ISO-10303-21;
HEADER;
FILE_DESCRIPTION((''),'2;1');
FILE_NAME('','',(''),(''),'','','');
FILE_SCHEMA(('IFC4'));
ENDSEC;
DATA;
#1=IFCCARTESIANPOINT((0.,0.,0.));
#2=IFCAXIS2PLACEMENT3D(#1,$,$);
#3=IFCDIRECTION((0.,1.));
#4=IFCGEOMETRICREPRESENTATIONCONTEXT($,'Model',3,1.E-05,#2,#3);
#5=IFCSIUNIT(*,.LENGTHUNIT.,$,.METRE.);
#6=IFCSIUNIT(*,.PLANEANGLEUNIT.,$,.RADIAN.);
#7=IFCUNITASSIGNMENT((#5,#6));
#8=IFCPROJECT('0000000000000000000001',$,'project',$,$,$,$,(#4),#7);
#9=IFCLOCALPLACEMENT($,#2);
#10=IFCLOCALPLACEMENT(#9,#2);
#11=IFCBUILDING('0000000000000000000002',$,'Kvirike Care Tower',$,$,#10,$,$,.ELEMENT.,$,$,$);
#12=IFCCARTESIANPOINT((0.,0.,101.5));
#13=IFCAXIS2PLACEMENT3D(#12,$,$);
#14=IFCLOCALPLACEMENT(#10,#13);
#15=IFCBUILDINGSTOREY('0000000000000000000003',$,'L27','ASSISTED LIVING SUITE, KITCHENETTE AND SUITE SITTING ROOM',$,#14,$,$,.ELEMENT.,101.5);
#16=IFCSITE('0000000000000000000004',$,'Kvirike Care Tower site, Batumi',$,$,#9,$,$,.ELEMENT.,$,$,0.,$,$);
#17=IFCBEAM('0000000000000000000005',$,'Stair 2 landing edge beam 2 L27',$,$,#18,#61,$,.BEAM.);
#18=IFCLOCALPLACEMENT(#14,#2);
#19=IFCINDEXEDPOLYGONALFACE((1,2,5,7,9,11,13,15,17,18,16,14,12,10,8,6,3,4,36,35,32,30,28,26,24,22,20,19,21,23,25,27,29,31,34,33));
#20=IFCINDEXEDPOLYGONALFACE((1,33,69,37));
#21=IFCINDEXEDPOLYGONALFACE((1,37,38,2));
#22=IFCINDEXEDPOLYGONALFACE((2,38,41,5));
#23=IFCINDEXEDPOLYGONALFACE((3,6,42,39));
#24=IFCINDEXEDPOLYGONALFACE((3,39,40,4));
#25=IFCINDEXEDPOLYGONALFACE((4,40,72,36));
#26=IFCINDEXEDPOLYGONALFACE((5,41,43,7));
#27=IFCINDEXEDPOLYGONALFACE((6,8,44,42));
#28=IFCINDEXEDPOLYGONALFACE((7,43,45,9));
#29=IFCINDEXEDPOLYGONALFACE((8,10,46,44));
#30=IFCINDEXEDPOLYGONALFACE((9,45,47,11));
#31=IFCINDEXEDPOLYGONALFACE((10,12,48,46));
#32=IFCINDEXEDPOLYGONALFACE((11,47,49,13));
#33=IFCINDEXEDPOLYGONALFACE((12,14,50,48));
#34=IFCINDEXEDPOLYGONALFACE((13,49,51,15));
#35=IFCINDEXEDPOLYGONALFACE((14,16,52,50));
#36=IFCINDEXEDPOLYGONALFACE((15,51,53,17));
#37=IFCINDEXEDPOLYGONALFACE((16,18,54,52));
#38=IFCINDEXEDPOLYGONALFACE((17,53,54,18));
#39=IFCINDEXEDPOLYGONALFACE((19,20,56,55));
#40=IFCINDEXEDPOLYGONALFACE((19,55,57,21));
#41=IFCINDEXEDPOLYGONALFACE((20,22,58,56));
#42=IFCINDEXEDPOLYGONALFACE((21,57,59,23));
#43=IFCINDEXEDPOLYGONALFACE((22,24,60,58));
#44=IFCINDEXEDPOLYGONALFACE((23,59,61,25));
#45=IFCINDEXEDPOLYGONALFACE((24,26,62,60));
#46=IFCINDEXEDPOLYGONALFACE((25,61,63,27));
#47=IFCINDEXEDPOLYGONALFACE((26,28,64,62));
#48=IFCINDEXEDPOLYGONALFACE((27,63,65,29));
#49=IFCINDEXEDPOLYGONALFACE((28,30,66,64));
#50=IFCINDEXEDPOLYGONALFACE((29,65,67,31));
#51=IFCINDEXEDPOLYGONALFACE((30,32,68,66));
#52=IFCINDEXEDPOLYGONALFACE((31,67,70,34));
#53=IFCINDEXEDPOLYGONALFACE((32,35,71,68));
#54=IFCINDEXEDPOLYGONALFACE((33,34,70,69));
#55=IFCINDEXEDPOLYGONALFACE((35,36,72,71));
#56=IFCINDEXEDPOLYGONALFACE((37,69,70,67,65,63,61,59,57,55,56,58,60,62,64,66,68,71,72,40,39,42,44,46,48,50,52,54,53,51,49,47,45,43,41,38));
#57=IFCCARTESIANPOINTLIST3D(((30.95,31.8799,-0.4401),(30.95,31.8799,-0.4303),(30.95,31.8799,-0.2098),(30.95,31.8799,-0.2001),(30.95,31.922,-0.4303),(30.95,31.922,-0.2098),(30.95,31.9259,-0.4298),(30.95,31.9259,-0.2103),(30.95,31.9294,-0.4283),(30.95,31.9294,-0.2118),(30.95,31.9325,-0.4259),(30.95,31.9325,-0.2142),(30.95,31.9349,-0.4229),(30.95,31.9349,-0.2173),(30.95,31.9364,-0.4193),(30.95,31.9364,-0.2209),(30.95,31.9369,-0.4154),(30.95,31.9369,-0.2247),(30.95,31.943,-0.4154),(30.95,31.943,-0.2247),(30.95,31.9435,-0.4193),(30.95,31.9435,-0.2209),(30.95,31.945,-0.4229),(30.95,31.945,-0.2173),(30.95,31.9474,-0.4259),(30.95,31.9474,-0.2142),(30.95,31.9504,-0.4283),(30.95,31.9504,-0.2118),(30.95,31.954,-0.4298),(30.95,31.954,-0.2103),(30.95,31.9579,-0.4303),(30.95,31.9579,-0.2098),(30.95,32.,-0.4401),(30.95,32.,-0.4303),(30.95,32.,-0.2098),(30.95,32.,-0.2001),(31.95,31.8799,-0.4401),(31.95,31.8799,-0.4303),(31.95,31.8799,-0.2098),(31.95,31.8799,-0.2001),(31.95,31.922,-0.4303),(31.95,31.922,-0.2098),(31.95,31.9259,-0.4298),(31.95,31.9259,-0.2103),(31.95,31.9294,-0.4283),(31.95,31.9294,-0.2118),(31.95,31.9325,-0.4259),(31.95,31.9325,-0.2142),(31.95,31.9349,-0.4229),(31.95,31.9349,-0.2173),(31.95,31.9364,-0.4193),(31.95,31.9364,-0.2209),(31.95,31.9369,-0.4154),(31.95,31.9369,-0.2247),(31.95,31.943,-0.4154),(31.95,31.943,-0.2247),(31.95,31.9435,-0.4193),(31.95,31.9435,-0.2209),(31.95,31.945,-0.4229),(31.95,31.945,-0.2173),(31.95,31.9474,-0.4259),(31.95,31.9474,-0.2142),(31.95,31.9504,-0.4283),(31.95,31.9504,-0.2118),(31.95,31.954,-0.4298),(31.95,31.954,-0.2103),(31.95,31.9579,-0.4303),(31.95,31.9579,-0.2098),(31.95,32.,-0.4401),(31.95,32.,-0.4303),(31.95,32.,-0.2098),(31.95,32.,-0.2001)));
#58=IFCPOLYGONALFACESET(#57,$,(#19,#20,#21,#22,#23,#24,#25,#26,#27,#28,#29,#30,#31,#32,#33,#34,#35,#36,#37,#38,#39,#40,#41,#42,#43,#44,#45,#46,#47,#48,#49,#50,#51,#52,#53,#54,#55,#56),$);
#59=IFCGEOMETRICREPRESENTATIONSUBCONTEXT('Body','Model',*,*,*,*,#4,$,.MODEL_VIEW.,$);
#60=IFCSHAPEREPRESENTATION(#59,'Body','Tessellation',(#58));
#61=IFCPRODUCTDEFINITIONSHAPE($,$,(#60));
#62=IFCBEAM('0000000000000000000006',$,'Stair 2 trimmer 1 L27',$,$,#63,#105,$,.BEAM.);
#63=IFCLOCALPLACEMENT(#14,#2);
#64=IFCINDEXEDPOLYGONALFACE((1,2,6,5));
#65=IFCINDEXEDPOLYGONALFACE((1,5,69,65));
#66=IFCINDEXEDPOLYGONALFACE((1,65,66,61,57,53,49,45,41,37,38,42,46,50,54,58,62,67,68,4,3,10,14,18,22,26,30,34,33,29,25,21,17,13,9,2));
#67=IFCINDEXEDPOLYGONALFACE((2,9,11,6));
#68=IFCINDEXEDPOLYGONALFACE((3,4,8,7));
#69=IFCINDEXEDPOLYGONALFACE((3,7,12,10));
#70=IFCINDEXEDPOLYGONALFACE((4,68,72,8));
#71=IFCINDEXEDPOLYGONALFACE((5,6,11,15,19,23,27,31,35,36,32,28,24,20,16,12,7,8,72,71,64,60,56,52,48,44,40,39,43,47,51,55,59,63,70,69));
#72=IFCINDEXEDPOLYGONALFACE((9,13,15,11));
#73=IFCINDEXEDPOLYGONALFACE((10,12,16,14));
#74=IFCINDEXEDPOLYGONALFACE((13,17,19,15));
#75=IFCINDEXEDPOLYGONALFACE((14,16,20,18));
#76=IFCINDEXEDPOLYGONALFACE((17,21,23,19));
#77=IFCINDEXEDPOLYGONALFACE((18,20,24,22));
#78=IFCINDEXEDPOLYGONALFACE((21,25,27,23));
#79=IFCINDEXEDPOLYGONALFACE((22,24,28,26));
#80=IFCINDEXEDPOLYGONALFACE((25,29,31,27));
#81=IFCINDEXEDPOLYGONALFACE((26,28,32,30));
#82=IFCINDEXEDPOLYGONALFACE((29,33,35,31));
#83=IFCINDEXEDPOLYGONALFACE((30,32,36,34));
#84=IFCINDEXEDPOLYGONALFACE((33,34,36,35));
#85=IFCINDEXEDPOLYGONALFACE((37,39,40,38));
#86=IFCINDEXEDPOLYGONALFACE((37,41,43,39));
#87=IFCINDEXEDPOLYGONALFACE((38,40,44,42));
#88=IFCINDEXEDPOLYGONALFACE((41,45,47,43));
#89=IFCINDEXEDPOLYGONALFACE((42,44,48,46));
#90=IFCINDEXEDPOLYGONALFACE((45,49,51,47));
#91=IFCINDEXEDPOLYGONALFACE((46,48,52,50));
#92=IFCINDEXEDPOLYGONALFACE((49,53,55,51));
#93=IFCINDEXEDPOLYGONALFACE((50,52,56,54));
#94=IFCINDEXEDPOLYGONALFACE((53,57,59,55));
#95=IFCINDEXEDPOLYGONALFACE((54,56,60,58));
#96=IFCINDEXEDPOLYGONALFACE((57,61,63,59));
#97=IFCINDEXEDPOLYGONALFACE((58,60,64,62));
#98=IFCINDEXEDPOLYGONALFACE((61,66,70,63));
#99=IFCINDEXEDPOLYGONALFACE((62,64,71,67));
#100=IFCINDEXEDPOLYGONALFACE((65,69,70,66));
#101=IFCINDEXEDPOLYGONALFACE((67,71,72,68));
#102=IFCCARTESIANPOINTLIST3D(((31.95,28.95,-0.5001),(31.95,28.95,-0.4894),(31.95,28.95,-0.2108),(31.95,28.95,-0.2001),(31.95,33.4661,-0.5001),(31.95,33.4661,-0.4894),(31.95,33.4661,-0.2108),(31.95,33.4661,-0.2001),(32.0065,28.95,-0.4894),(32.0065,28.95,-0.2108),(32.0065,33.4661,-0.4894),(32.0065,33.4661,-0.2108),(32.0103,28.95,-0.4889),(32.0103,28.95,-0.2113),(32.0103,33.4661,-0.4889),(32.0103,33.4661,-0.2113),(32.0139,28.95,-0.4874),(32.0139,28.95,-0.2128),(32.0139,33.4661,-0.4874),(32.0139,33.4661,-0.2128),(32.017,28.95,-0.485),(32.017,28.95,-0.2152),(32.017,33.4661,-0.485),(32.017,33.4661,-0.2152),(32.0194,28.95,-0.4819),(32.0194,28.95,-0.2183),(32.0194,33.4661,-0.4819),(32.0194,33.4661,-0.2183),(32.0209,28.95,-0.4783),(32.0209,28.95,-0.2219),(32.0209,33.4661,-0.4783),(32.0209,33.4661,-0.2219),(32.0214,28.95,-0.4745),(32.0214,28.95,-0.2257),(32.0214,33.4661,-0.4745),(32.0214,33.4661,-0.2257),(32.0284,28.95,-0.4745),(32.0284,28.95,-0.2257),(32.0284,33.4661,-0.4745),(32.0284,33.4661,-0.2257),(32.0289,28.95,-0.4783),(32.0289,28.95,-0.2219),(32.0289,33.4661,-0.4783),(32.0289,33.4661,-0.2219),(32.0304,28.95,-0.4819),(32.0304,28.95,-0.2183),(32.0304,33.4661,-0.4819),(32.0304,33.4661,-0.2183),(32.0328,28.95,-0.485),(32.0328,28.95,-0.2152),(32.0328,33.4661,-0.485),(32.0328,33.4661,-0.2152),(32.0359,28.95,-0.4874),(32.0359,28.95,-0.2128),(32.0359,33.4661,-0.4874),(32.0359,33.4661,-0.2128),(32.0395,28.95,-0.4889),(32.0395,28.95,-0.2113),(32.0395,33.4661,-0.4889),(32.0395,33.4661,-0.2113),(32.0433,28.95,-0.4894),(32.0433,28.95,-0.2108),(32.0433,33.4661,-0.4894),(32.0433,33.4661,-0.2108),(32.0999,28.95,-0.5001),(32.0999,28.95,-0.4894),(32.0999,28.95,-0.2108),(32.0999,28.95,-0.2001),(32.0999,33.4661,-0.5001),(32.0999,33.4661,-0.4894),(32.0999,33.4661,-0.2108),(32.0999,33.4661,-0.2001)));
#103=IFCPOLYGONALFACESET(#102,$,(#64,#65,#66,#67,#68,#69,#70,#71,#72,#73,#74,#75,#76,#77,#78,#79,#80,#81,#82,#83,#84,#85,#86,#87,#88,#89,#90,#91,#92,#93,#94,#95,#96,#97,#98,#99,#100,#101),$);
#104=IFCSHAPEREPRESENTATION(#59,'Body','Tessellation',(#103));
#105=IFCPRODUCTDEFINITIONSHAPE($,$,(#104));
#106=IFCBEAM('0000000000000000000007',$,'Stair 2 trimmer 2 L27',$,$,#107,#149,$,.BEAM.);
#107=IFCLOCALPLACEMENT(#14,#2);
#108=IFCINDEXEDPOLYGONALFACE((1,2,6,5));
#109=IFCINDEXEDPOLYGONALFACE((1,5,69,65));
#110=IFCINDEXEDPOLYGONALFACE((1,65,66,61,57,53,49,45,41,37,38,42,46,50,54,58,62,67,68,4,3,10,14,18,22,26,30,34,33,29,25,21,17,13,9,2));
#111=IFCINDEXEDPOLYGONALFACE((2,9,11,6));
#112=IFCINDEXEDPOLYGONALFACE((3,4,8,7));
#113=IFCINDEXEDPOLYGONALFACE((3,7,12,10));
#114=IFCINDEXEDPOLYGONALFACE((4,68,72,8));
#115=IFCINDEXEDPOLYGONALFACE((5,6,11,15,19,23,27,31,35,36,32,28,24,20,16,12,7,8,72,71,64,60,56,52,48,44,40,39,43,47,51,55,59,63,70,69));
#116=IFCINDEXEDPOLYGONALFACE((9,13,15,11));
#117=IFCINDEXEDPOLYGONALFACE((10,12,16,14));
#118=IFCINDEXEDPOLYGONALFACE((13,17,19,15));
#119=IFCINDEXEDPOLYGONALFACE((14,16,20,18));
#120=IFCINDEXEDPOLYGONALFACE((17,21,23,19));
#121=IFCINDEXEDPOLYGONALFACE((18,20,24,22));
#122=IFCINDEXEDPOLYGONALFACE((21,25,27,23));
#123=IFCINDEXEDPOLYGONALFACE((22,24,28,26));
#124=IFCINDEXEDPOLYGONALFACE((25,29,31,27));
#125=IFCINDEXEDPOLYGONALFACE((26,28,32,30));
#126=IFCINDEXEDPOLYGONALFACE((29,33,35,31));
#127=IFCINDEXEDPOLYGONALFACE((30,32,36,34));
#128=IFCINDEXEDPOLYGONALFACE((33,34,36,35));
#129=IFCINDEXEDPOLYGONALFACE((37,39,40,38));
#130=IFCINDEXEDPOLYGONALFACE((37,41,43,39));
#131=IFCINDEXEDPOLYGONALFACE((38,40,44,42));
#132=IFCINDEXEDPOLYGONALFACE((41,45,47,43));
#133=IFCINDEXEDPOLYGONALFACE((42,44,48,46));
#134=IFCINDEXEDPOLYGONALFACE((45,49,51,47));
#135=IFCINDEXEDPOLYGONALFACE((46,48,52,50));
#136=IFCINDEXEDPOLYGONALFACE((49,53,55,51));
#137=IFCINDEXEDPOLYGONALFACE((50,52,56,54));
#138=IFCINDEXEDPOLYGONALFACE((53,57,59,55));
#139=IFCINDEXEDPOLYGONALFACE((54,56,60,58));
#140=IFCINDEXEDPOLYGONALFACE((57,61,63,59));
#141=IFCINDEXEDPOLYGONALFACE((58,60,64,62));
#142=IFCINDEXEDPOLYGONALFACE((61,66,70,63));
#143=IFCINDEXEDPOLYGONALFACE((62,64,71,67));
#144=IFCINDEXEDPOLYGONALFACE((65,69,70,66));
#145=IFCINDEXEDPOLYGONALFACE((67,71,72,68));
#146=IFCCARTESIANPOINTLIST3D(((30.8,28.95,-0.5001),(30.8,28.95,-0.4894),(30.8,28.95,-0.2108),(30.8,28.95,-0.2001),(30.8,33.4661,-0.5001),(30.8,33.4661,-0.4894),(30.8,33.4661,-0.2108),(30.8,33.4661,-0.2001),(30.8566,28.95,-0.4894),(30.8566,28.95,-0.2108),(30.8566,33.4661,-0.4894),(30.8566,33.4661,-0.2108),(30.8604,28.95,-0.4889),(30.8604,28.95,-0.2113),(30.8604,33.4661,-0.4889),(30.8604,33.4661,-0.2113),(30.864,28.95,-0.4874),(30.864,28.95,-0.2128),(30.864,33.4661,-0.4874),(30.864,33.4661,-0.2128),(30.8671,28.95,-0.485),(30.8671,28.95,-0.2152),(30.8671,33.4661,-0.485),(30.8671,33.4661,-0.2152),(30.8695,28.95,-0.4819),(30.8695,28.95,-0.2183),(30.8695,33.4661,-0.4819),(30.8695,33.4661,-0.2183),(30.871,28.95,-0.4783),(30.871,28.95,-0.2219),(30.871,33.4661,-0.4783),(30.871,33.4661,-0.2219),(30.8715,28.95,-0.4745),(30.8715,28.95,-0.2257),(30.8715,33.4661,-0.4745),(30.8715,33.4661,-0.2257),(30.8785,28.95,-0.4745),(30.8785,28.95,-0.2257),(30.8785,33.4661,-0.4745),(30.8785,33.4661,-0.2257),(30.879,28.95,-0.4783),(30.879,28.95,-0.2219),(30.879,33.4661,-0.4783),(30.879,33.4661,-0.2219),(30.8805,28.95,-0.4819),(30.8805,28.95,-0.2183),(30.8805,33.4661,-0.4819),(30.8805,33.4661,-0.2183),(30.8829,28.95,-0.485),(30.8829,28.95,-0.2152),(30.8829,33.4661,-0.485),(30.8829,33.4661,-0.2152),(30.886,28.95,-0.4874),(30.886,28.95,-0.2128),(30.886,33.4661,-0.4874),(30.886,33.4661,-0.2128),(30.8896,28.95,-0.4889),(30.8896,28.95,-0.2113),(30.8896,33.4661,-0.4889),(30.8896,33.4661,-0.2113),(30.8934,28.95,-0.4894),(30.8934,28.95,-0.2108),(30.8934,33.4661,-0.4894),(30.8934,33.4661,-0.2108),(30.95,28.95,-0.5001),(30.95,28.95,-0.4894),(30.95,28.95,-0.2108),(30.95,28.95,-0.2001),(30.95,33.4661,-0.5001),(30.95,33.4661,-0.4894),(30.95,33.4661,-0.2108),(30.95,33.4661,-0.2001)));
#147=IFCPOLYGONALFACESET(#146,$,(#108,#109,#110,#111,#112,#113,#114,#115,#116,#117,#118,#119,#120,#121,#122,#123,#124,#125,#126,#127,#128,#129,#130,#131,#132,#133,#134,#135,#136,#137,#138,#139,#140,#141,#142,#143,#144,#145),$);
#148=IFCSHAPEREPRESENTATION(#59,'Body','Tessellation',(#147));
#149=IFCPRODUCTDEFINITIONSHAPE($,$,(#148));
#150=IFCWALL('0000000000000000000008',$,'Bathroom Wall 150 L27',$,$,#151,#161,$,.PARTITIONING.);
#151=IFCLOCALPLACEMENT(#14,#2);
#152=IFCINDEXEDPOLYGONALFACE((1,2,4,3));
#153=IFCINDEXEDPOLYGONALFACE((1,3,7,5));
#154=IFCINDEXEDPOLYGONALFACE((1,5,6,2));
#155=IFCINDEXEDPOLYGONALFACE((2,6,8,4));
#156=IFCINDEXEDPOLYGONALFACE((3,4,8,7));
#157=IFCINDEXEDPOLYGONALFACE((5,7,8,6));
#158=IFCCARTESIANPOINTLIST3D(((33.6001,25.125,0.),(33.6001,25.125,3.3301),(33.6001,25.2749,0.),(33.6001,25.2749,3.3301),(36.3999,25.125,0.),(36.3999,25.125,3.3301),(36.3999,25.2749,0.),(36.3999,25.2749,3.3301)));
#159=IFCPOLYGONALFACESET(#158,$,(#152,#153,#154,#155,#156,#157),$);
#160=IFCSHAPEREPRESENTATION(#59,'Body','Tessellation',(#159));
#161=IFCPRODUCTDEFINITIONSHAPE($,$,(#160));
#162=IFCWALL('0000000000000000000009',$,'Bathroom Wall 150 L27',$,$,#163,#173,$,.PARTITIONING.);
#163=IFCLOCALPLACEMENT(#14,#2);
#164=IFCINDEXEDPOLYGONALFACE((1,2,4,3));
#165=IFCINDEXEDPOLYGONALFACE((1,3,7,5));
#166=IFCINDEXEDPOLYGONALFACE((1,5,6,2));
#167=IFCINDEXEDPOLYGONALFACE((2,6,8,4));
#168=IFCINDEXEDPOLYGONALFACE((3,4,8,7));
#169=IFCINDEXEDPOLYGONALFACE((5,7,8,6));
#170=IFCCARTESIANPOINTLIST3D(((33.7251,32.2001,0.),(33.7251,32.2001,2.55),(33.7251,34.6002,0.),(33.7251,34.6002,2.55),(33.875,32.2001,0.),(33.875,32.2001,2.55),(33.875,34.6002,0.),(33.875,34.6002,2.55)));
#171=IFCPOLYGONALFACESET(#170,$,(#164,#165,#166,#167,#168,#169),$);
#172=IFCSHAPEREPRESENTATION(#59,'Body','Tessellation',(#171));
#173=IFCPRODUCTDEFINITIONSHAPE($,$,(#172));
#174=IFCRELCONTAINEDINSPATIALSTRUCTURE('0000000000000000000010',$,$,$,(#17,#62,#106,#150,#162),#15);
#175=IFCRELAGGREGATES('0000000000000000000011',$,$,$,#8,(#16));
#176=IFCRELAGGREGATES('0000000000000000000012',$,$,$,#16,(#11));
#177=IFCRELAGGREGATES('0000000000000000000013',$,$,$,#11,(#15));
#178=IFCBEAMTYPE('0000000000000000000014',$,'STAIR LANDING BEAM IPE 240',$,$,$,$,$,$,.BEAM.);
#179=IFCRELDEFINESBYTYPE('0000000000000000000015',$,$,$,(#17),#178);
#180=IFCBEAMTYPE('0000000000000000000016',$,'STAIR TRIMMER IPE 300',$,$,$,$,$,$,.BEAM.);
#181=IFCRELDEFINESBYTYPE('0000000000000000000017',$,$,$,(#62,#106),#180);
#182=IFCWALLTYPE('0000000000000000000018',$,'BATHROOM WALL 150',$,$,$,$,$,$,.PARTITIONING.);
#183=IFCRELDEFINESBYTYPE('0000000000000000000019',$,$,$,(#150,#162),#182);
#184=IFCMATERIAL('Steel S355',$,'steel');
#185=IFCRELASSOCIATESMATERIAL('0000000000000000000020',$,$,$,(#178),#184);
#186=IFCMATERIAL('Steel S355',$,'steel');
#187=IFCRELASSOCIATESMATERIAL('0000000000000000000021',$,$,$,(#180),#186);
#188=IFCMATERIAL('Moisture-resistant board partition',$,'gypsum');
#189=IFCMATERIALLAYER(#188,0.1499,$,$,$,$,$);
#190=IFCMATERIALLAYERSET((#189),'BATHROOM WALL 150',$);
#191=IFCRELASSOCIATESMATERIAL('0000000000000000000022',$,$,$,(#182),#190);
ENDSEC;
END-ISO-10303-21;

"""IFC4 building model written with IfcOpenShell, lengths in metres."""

from ifc_helpers import new_model, si_unit, direction, frame, frame_2d, origin, origin_2d, place, context, subcontext, project, spatial, rectangle, i_section, extrude, material, layer, layer_set, material_profile, profile_set, type_object, element, save


model = new_model("IFC4")

# Units and contexts
model_context = context("Model", 3, precision=1e-05, world=origin(), true_north=direction((0.0, 1.0)))
body_context = subcontext(model_context, "Body", "Model", "MODEL_VIEW")
ifc_project = project(units=[si_unit("LENGTHUNIT", "METRE"), si_unit("PLANEANGLEUNIT", "RADIAN")], contexts=[model_context])

# Site, building, storey
site_placement = place(None, origin())
site = spatial("IfcSite", under=ifc_project, at=site_placement, Name="Kvirike Care Tower site, Batumi", CompositionType="ELEMENT", RefElevation=0.0)
building_placement = place(site_placement, origin())
building = spatial("IfcBuilding", under=site, at=building_placement, Name="Kvirike Care Tower", CompositionType="ELEMENT")
storey_placement = place(building_placement, frame((0.0, 0.0, 101.5)))
storey = spatial("IfcBuildingStorey", under=building, at=storey_placement, Name="L27", Description="ASSISTED LIVING SUITE, KITCHENETTE AND SUITE SITTING ROOM", CompositionType="ELEMENT", Elevation=101.5)

# Beams
ifc_material_1 = material(Name="Steel S355", Category="steel")
ifc_material_profile_1 = material_profile(ifc_material_1, i_section(OverallWidth=0.1201, OverallDepth=0.24, WebThickness=0.0061, FlangeThickness=0.0098, FilletRadius=0.0149, at=origin_2d()), Name="IPE 240")
ifc_profile_set_1 = profile_set([ifc_material_profile_1], Name="Steel S355")
beam_type_1 = type_object("IfcBeamType", Name="STAIR LANDING BEAM IPE 240", PredefinedType="BEAM", material=ifc_profile_set_1)
for number, where, z_axis, x_axis, name in (
    (1, (31.95, 31.9399, -0.3201), (-1.0, 0.0, 0.0), (0.0, -1.0, 0.0), "Stair 2 landing edge beam 2 L27"),
):
    element("IfcBeam", number, at=place(storey_placement, frame(where, z_axis=z_axis, x_axis=x_axis)), inside=storey, type_object=beam_type_1, Name=name, PredefinedType="BEAM", context=body_context, shape_type="SweptSolid", body=[
        extrude(i_section(OverallWidth=0.1201, OverallDepth=0.24, WebThickness=0.0061, FlangeThickness=0.0098, FilletRadius=0.0149, at=origin_2d()), origin(), (0.0, 0.0, 1.0), 1.0),
    ])
ifc_material_2 = material(Name="Steel S355", Category="steel")
ifc_material_profile_2 = material_profile(ifc_material_2, i_section(OverallWidth=0.1499, OverallDepth=0.3, WebThickness=0.0071, FlangeThickness=0.0107, FilletRadius=0.0149, at=origin_2d()), Name="IPE 300")
ifc_profile_set_2 = profile_set([ifc_material_profile_2], Name="Steel S355")
beam_type_2 = type_object("IfcBeamType", Name="STAIR TRIMMER IPE 300", PredefinedType="BEAM", material=ifc_profile_set_2)
for number, where, z_axis, x_axis, name in (
    (2, (32.0249, 28.95, -0.3501), (0.0, 1.0, 0.0), (-1.0, 0.0, 0.0), "Stair 2 trimmer 1 L27"),
    (3, (30.875, 28.95, -0.3501), (0.0, 1.0, 0.0), (-1.0, 0.0, 0.0), "Stair 2 trimmer 2 L27"),
):
    element("IfcBeam", number, at=place(storey_placement, frame(where, z_axis=z_axis, x_axis=x_axis)), inside=storey, type_object=beam_type_2, Name=name, PredefinedType="BEAM", context=body_context, shape_type="SweptSolid", body=[
        extrude(i_section(OverallWidth=0.1499, OverallDepth=0.3, WebThickness=0.0071, FlangeThickness=0.0107, FilletRadius=0.0149, at=origin_2d()), origin(), (0.0, 0.0, 1.0), 4.5161),
    ])

# Walls
ifc_material_3 = material(Name="Moisture-resistant board partition", Category="gypsum")
ifc_layer_1 = layer(ifc_material_3, 0.1499)
ifc_layer_set_1 = layer_set([ifc_layer_1], Name="BATHROOM WALL 150")
wall_type_1 = type_object("IfcWallType", Name="BATHROOM WALL 150", PredefinedType="PARTITIONING", material=ifc_layer_set_1)
wall_1_placement = place(storey_placement, frame((33.6001, 25.2, 0.0), z_axis=(0.0, 0.0, 1.0), x_axis=(1.0, 0.0, 0.0)))
element("IfcWall", 4, at=wall_1_placement, inside=storey, type_object=wall_type_1, Name="Bathroom Wall 150 L27", PredefinedType="PARTITIONING", context=body_context, shape_type="SweptSolid", body=[
    extrude(rectangle(XDim=2.7998, YDim=0.1499, at=frame_2d((1.3999, 0.0))), origin(), (0.0, 0.0, 1.0), 3.3301),
])
wall_2_placement = place(storey_placement, frame((33.8, 32.2, 0.0), z_axis=(0.0, 0.0, 1.0), x_axis=(0.0, 1.0, 0.0)))
element("IfcWall", 5, at=wall_2_placement, inside=storey, type_object=wall_type_1, Name="Bathroom Wall 150 L27", PredefinedType="PARTITIONING", context=body_context, shape_type="SweptSolid", body=[
    extrude(rectangle(XDim=2.4001, YDim=0.1499, at=frame_2d((1.2002, 0.0))), origin(), (0.0, 0.0, 1.0), 2.55),
])

save(model, "model.ifc")
